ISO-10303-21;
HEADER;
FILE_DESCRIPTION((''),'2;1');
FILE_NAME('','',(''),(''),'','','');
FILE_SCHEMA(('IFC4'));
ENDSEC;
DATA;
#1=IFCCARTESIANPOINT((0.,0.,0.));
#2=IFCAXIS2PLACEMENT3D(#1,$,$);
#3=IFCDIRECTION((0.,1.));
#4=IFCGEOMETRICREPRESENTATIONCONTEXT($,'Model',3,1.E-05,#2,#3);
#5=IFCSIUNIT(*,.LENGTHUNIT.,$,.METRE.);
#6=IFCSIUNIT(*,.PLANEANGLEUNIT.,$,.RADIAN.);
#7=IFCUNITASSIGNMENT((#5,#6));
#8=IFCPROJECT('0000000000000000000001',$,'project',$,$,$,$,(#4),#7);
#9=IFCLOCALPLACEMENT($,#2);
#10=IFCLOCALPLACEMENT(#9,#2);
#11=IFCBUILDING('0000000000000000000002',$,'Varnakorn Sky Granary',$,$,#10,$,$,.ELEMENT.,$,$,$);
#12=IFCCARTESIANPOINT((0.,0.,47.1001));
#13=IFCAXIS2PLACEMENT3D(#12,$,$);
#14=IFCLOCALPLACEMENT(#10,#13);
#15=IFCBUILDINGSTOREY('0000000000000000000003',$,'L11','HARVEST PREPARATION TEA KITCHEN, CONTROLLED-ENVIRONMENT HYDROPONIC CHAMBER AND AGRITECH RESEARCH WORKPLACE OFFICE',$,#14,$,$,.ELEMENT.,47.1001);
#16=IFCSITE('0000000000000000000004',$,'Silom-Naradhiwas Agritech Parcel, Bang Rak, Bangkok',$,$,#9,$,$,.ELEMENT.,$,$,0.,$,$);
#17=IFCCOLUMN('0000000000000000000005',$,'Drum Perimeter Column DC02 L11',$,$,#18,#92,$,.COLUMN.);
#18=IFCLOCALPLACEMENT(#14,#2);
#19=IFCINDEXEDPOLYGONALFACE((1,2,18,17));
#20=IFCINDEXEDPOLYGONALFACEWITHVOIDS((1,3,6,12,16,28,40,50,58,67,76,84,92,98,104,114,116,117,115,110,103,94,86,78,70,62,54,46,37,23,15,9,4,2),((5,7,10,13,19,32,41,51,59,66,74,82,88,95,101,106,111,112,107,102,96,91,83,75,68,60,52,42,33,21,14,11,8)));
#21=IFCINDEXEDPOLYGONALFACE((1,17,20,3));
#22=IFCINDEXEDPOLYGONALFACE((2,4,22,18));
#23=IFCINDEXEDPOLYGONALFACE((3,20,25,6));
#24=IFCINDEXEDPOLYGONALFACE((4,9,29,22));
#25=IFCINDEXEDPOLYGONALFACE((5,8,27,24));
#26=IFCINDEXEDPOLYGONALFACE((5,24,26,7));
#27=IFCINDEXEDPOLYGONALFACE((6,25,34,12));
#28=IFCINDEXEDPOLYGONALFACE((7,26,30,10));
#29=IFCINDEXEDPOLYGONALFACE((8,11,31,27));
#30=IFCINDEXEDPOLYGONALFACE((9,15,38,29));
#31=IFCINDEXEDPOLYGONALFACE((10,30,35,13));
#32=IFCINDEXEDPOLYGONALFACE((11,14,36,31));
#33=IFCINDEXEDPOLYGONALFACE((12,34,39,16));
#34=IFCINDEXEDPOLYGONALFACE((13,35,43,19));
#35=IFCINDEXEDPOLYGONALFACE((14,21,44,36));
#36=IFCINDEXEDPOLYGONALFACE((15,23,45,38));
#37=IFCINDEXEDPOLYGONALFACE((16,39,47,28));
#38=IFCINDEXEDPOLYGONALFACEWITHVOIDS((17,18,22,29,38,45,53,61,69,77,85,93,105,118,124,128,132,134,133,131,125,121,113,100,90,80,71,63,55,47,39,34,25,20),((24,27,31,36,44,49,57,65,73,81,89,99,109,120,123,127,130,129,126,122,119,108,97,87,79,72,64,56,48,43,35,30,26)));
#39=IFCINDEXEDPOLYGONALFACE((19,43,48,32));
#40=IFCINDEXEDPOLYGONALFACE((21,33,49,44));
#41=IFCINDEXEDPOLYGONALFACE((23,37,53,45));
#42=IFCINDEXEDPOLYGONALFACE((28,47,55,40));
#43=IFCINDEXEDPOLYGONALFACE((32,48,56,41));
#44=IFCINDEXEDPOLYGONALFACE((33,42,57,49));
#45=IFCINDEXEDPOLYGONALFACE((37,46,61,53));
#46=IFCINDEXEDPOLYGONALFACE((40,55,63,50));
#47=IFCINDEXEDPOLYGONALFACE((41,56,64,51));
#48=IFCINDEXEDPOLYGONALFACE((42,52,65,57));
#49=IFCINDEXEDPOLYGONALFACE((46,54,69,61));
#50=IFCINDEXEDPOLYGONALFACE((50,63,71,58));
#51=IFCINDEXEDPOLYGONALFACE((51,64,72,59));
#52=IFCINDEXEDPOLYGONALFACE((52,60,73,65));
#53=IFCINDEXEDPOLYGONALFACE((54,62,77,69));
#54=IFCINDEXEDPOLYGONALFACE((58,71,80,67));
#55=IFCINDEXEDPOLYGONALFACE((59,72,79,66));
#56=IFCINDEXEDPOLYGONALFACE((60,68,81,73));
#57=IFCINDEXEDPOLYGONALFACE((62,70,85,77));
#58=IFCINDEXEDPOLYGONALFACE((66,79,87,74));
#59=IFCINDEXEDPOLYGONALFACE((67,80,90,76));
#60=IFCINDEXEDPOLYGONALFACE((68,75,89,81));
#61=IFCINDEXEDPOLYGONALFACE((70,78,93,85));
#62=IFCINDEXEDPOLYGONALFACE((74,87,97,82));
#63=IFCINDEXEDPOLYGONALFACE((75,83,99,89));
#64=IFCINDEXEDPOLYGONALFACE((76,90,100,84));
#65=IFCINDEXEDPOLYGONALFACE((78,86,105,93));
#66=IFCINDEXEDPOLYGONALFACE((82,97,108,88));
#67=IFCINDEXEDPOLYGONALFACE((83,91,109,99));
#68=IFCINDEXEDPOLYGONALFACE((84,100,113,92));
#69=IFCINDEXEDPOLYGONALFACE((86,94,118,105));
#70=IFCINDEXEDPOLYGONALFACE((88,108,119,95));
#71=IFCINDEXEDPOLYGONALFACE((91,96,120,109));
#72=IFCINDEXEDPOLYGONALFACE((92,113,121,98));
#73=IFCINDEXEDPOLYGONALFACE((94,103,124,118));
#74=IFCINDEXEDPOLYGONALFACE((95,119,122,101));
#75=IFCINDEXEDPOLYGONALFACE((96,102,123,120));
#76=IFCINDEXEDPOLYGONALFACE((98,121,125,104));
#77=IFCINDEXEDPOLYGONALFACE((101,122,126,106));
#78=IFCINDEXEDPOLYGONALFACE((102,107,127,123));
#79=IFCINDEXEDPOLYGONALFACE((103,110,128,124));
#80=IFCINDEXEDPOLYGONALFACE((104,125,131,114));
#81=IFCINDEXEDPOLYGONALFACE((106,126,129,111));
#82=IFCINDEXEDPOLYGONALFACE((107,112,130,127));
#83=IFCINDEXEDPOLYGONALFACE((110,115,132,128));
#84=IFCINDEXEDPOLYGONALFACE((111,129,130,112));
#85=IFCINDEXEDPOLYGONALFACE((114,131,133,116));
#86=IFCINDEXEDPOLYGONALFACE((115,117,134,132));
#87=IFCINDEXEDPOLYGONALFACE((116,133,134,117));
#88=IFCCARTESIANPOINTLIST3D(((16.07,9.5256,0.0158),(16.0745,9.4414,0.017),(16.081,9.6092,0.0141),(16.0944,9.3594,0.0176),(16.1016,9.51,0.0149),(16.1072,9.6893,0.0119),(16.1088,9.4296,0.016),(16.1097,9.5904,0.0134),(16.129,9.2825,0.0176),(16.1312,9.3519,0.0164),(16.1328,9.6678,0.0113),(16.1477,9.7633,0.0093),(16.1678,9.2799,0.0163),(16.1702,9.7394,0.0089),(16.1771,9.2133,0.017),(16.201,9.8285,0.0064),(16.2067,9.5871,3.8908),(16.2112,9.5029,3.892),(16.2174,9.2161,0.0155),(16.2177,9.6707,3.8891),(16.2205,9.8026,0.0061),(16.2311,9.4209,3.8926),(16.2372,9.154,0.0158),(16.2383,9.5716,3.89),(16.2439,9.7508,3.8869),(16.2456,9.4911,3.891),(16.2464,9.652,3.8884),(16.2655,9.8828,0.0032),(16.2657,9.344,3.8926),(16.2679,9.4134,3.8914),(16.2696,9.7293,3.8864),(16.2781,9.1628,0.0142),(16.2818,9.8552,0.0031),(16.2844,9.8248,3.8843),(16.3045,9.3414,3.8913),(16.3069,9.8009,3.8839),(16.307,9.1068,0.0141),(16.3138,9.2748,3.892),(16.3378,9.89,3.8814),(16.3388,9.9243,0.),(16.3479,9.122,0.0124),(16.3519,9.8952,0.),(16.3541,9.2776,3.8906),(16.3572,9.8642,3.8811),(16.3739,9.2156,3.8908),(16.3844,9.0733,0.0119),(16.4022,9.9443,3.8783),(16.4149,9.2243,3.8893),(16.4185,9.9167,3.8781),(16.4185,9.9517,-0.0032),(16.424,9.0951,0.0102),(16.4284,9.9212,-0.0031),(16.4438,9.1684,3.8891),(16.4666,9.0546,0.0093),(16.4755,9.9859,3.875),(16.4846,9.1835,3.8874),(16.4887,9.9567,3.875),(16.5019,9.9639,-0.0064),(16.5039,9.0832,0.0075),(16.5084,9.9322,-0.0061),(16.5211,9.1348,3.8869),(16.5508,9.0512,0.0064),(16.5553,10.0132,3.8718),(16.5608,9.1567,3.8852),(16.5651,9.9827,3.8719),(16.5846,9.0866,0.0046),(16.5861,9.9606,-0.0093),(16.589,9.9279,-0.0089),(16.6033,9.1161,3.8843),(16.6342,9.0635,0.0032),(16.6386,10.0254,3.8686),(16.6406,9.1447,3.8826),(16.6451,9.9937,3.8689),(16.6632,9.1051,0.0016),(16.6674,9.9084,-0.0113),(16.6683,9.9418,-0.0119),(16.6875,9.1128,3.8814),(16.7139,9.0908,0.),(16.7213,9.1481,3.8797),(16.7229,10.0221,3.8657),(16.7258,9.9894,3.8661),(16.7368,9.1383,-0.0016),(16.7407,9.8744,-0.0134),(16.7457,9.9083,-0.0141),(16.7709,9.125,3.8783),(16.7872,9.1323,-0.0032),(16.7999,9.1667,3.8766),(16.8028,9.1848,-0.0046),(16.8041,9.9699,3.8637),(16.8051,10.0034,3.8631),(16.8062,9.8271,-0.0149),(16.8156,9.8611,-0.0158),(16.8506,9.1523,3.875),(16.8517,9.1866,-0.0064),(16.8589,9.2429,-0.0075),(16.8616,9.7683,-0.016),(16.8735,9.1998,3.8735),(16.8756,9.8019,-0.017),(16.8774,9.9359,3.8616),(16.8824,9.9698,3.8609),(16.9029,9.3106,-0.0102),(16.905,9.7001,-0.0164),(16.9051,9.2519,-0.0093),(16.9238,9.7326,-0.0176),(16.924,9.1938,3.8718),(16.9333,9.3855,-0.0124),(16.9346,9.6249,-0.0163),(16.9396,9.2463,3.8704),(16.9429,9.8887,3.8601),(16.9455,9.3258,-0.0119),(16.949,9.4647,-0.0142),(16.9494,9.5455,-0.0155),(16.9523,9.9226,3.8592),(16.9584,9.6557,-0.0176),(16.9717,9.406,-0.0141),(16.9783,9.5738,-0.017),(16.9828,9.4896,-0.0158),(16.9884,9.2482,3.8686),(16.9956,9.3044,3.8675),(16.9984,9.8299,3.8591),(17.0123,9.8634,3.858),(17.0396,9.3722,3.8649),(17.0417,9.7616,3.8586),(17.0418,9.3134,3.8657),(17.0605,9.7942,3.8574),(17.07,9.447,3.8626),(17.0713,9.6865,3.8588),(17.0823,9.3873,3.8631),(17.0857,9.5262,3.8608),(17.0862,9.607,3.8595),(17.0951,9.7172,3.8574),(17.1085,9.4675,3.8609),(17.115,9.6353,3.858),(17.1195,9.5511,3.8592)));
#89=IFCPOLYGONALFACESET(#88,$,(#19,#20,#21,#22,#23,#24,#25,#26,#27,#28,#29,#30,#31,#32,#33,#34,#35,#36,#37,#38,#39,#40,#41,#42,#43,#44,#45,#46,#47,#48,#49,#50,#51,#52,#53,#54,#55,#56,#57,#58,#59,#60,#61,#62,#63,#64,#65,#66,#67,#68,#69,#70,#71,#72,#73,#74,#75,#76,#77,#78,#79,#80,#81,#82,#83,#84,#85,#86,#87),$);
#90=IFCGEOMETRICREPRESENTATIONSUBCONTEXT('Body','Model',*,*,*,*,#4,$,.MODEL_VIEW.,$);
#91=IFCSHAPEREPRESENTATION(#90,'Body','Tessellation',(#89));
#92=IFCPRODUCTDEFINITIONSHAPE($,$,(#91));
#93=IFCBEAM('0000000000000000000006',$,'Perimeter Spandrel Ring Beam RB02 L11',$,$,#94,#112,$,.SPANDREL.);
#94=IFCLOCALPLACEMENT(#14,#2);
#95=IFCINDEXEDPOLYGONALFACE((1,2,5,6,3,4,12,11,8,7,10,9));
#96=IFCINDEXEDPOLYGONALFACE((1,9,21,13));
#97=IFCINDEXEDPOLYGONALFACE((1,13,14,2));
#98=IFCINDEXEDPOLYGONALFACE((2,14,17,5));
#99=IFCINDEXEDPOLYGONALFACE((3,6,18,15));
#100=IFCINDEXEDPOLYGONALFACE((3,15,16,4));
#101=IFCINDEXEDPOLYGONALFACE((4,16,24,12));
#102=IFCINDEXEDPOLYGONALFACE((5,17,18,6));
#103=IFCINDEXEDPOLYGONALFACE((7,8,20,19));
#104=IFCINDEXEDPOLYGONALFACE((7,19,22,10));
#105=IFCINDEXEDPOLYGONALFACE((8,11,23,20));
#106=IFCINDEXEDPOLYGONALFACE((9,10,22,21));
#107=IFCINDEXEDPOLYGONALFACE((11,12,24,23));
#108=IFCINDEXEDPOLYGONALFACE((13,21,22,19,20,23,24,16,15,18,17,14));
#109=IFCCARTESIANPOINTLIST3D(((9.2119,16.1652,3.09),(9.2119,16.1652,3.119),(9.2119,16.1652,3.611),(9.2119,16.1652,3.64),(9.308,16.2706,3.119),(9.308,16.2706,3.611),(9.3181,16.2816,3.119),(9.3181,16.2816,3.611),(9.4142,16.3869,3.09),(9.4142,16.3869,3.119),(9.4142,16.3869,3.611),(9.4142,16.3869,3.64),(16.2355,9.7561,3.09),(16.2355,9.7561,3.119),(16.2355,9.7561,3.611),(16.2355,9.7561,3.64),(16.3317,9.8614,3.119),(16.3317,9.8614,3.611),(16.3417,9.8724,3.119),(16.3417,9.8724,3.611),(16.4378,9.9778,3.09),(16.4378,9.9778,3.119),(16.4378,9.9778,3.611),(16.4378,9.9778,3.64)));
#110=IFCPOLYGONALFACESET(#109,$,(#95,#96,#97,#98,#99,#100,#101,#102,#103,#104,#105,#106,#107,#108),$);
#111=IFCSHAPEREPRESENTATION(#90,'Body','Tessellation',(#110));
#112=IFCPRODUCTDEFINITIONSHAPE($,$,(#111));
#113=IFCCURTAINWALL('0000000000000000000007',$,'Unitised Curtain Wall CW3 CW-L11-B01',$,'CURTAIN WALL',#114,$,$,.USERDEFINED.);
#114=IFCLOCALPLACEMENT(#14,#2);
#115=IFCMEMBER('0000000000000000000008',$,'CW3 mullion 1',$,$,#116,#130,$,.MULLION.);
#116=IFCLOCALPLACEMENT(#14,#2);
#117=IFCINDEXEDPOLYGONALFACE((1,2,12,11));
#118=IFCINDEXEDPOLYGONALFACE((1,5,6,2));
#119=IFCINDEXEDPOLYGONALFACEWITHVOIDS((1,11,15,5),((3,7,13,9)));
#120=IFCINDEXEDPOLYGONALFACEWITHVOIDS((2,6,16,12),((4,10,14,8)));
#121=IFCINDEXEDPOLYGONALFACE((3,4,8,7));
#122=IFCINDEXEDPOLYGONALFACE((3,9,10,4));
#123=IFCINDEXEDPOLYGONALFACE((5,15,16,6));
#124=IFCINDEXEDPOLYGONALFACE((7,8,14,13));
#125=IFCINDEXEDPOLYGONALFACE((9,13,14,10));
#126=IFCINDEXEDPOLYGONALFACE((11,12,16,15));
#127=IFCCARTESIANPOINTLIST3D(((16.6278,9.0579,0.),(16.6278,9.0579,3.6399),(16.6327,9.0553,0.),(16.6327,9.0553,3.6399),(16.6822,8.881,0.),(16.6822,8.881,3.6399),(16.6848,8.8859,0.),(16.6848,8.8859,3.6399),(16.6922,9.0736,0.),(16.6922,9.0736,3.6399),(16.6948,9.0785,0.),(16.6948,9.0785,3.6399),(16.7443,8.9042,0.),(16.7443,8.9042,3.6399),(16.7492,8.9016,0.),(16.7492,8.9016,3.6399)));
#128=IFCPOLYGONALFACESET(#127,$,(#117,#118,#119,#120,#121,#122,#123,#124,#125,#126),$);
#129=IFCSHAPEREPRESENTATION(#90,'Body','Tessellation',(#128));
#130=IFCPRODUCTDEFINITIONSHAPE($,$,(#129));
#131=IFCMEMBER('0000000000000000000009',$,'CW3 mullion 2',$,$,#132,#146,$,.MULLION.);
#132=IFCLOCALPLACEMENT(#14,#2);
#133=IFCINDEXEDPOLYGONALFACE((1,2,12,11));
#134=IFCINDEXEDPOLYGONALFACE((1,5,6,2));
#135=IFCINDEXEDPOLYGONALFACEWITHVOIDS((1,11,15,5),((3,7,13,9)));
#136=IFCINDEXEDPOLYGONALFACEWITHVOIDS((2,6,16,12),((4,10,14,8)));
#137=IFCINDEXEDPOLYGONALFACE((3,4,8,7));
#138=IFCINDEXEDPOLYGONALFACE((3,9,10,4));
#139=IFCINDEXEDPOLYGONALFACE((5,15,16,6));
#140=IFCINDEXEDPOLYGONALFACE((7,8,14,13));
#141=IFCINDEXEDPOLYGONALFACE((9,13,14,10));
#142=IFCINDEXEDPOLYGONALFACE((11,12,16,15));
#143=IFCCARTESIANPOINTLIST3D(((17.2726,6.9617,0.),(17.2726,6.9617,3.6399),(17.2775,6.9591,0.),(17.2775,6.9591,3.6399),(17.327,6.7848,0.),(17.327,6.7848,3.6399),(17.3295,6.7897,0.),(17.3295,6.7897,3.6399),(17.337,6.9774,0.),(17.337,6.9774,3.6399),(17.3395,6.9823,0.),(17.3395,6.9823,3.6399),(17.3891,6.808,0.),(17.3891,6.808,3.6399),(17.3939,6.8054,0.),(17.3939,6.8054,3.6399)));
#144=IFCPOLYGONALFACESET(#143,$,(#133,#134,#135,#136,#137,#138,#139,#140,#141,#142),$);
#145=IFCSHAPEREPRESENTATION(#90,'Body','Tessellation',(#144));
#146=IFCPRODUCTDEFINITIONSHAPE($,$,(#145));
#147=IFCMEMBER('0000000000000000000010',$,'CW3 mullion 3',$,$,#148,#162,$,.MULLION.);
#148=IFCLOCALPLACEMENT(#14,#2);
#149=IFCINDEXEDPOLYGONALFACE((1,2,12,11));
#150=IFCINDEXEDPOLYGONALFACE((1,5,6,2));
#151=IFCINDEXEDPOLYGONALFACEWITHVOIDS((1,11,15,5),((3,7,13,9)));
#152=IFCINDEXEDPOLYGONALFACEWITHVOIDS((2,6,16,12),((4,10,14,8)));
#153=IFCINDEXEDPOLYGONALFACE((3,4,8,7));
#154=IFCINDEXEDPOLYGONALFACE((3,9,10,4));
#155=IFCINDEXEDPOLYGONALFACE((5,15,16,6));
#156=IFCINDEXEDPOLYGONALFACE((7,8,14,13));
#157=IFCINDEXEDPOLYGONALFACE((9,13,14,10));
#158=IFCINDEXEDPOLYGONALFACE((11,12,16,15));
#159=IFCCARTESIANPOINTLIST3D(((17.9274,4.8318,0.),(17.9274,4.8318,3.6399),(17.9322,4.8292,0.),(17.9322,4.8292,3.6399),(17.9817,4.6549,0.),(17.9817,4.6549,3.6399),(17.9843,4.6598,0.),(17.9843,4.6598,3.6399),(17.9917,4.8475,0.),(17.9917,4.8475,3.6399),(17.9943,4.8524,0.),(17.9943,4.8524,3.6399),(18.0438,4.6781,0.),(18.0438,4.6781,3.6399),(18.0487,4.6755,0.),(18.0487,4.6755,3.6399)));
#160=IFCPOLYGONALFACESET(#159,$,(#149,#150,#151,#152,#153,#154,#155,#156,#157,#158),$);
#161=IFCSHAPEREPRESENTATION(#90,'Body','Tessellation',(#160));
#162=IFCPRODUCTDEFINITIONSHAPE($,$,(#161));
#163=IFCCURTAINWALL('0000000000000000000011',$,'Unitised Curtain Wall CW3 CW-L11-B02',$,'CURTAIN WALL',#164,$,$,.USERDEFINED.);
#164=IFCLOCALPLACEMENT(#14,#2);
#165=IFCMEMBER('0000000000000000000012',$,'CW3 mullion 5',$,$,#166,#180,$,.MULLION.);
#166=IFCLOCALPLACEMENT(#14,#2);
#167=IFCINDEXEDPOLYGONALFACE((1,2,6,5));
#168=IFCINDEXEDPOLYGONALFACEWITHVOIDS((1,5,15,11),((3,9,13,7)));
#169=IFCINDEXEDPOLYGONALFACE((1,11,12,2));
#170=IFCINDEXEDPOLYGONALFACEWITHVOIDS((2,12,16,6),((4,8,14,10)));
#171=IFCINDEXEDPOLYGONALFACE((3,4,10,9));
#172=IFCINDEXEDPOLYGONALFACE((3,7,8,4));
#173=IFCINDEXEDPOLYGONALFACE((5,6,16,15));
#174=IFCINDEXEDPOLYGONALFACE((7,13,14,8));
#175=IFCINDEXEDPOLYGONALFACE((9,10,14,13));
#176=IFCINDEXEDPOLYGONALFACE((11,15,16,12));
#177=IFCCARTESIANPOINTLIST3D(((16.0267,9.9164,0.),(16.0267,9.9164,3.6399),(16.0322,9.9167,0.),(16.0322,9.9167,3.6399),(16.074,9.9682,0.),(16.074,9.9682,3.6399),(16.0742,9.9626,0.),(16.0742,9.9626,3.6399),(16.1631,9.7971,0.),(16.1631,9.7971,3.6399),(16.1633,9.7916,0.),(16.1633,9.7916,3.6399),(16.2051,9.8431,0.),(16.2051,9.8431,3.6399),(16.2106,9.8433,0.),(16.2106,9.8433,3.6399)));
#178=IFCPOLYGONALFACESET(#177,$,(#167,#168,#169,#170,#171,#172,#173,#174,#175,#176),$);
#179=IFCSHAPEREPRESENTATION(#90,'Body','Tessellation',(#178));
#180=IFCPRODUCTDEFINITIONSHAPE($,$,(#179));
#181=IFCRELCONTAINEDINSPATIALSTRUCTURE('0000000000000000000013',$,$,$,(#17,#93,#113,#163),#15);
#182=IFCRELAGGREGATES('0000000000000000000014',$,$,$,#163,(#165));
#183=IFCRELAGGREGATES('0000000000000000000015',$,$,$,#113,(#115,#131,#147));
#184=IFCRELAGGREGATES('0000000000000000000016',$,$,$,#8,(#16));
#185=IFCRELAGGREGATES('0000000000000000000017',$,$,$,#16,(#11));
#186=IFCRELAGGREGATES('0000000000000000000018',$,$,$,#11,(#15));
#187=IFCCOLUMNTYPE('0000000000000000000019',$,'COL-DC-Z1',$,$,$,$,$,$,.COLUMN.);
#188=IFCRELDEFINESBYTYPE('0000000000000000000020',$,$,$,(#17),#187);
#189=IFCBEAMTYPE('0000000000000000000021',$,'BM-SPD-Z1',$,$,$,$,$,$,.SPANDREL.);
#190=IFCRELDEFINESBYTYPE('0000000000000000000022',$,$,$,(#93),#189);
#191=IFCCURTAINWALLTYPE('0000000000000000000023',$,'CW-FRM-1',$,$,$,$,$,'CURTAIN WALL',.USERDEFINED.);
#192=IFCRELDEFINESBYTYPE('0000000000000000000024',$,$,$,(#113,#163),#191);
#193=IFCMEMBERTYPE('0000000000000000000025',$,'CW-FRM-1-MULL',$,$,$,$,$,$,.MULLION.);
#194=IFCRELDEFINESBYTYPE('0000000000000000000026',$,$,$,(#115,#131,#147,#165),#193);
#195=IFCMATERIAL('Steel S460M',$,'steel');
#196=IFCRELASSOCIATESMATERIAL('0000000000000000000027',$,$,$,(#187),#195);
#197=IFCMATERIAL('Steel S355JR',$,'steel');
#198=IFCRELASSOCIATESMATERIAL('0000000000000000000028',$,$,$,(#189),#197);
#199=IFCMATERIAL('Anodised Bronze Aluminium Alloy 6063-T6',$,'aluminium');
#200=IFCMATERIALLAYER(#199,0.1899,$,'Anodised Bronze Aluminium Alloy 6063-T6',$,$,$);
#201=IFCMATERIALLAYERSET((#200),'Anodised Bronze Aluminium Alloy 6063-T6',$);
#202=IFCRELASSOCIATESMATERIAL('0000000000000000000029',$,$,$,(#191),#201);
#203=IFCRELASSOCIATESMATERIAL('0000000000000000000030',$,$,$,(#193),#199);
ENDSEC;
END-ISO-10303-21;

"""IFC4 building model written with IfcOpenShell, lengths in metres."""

from ifc_helpers import new_model, si_unit, direction, frame, origin, origin_2d, place, context, subcontext, project, spatial, hollow_rectangle, hollow_circle, i_section, extrude, material, layer, layer_set, material_profile, profile_set, type_object, element, aggregate, save


model = new_model("IFC4")

# Units and contexts
model_context = context("Model", 3, precision=1e-05, world=origin(), true_north=direction((0.0, 1.0)))
body_context = subcontext(model_context, "Body", "Model", "MODEL_VIEW")
ifc_project = project(units=[si_unit("LENGTHUNIT", "METRE"), si_unit("PLANEANGLEUNIT", "RADIAN")], contexts=[model_context])

# Site, building, storey
site_placement = place(None, origin())
site = spatial("IfcSite", under=ifc_project, at=site_placement, Name="Silom-Naradhiwas Agritech Parcel, Bang Rak, Bangkok", CompositionType="ELEMENT", RefElevation=0.0)
building_placement = place(site_placement, origin())
building = spatial("IfcBuilding", under=site, at=building_placement, Name="Varnakorn Sky Granary", CompositionType="ELEMENT")
storey_placement = place(building_placement, frame((0.0, 0.0, 47.1001)))
storey = spatial("IfcBuildingStorey", under=building, at=storey_placement, Name="L11", Description="HARVEST PREPARATION TEA KITCHEN, CONTROLLED-ENVIRONMENT HYDROPONIC CHAMBER AND AGRITECH RESEARCH WORKPLACE OFFICE", CompositionType="ELEMENT", Elevation=47.1001)

# Column
ifc_material_1 = material(Name="Steel S460M", Category="steel")
ifc_material_profile_1 = material_profile(ifc_material_1, hollow_circle(Radius=0.457, WallThickness=0.032, at=origin_2d()), Name="CHS 914x32")
ifc_profile_set_1 = profile_set([ifc_material_profile_1], Name="Steel S460M")
column_type = type_object("IfcColumnType", Name="COL-DC-Z1", PredefinedType="COLUMN", material=ifc_profile_set_1)
column_placement = place(storey_placement, frame((16.5264, 9.5076, 0.0), z_axis=(0.035256, 0.015865, 0.999252), x_axis=(-0.410365, 0.911922, 0.0)))
element("IfcColumn", 1, at=column_placement, inside=storey, type_object=column_type, Name="Drum Perimeter Column DC02 L11", PredefinedType="COLUMN", context=body_context, shape_type="SweptSolid", body=[
    extrude(hollow_circle(Radius=0.457, WallThickness=0.032, at=origin_2d()), origin(), (0.0, 0.0, 1.0), 3.8779),
])

# Beam
ifc_material_2 = material(Name="Steel S355JR", Category="steel")
ifc_material_profile_2 = material_profile(ifc_material_2, i_section(OverallWidth=0.3, OverallDepth=0.55, WebThickness=0.0149, FlangeThickness=0.0291, at=origin_2d()), Name="HE 550 B")
ifc_profile_set_2 = profile_set([ifc_material_profile_2], Name="Steel S355JR")
beam_type = type_object("IfcBeamType", Name="BM-SPD-Z1", PredefinedType="SPANDREL", material=ifc_profile_set_2)
beam_placement = place(storey_placement, frame((16.3367, 9.8669, 3.365), z_axis=(-0.738682, 0.674054, 0.0), x_axis=(-0.674054, -0.738682, 0.0)))
element("IfcBeam", 2, at=beam_placement, inside=storey, type_object=beam_type, Name="Perimeter Spandrel Ring Beam RB02 L11", PredefinedType="SPANDREL", context=body_context, shape_type="SweptSolid", body=[
    extrude(i_section(OverallWidth=0.3, OverallDepth=0.55, WebThickness=0.0149, FlangeThickness=0.0291, at=origin_2d()), origin(), (0.0, 0.0, 1.0), 9.5083),
])

# Curtain wall, members
ifc_material_3 = material(Name="Anodised Bronze Aluminium Alloy 6063-T6", Category="aluminium")
ifc_layer_1 = layer(ifc_material_3, 0.1899, Name="Anodised Bronze Aluminium Alloy 6063-T6")
ifc_layer_set_1 = layer_set([ifc_layer_1], Name="Anodised Bronze Aluminium Alloy 6063-T6")
curtain_wall_type = type_object("IfcCurtainWallType", Name="CW-FRM-1", ElementType="CURTAIN WALL", PredefinedType="USERDEFINED", material=ifc_layer_set_1)
curtain_wall_1_placement = place(storey_placement, origin())
curtain_wall_1 = element("IfcCurtainWall", 3, at=curtain_wall_1_placement, inside=storey, type_object=curtain_wall_type, Name="Unitised Curtain Wall CW3 CW-L11-B01", ObjectType="CURTAIN WALL", PredefinedType="USERDEFINED")
ifc_material_profile_3 = material_profile(ifc_material_3, hollow_rectangle(XDim=0.0701, YDim=0.1851, WallThickness=0.0039, at=origin_2d()), Name="ALU MULL 70x185")
ifc_profile_set_3 = profile_set([ifc_material_profile_3], Name="Anodised Bronze Aluminium Alloy 6063-T6")
member_type_1 = type_object("IfcMemberType", Name="CW-FRM-1-MULL", PredefinedType="MULLION", material=ifc_profile_set_3)
member_1_placement = place(storey_placement, frame((16.6885, 8.9797, 0.0), z_axis=(0.0, 0.0, 1.0), x_axis=(0.955828, 0.293926, 0.0)))
member_1 = element("IfcMember", 4, at=member_1_placement, type_object=member_type_1, Name="CW3 mullion 1", PredefinedType="MULLION", context=body_context, shape_type="SweptSolid", body=[
    extrude(hollow_rectangle(XDim=0.0701, YDim=0.1851, WallThickness=0.0039, at=origin_2d()), origin(), (0.0, 0.0, 1.0), 3.6399),
])
member_2_placement = place(storey_placement, frame((17.3333, 6.8835, 0.0), z_axis=(0.0, 0.0, 1.0), x_axis=(0.955828, 0.293926, 0.0)))
member_2 = element("IfcMember", 5, at=member_2_placement, type_object=member_type_1, Name="CW3 mullion 2", PredefinedType="MULLION", context=body_context, shape_type="SweptSolid", body=[
    extrude(hollow_rectangle(XDim=0.0701, YDim=0.1851, WallThickness=0.0039, at=origin_2d()), origin(), (0.0, 0.0, 1.0), 3.6399),
])
member_3_placement = place(storey_placement, frame((17.988, 4.7537, 0.0), z_axis=(0.0, 0.0, 1.0), x_axis=(0.955828, 0.293926, 0.0)))
member_3 = element("IfcMember", 6, at=member_3_placement, type_object=member_type_1, Name="CW3 mullion 3", PredefinedType="MULLION", context=body_context, shape_type="SweptSolid", body=[
    extrude(hollow_rectangle(XDim=0.0701, YDim=0.1851, WallThickness=0.0039, at=origin_2d()), origin(), (0.0, 0.0, 1.0), 3.6399),
])

# Curtain wall, member
curtain_wall_2_placement = place(storey_placement, origin())
curtain_wall_2 = element("IfcCurtainWall", 7, at=curtain_wall_2_placement, inside=storey, type_object=curtain_wall_type, Name="Unitised Curtain Wall CW3 CW-L11-B02", ObjectType="CURTAIN WALL", PredefinedType="USERDEFINED")
member_4_placement = place(storey_placement, frame((16.1187, 9.8799, 0.0), z_axis=(0.0, 0.0, 1.0), x_axis=(0.674464, 0.738307, 0.0)))
member_4 = element("IfcMember", 8, at=member_4_placement, type_object=member_type_1, Name="CW3 mullion 5", PredefinedType="MULLION", context=body_context, shape_type="SweptSolid", body=[
    extrude(hollow_rectangle(XDim=0.0701, YDim=0.1851, WallThickness=0.0039, at=origin_2d()), origin(), (0.0, 0.0, 1.0), 3.6399),
])
aggregate(curtain_wall_2, [member_4])

aggregate(curtain_wall_1, [member_1, member_2, member_3])

save(model, "model.ifc")
